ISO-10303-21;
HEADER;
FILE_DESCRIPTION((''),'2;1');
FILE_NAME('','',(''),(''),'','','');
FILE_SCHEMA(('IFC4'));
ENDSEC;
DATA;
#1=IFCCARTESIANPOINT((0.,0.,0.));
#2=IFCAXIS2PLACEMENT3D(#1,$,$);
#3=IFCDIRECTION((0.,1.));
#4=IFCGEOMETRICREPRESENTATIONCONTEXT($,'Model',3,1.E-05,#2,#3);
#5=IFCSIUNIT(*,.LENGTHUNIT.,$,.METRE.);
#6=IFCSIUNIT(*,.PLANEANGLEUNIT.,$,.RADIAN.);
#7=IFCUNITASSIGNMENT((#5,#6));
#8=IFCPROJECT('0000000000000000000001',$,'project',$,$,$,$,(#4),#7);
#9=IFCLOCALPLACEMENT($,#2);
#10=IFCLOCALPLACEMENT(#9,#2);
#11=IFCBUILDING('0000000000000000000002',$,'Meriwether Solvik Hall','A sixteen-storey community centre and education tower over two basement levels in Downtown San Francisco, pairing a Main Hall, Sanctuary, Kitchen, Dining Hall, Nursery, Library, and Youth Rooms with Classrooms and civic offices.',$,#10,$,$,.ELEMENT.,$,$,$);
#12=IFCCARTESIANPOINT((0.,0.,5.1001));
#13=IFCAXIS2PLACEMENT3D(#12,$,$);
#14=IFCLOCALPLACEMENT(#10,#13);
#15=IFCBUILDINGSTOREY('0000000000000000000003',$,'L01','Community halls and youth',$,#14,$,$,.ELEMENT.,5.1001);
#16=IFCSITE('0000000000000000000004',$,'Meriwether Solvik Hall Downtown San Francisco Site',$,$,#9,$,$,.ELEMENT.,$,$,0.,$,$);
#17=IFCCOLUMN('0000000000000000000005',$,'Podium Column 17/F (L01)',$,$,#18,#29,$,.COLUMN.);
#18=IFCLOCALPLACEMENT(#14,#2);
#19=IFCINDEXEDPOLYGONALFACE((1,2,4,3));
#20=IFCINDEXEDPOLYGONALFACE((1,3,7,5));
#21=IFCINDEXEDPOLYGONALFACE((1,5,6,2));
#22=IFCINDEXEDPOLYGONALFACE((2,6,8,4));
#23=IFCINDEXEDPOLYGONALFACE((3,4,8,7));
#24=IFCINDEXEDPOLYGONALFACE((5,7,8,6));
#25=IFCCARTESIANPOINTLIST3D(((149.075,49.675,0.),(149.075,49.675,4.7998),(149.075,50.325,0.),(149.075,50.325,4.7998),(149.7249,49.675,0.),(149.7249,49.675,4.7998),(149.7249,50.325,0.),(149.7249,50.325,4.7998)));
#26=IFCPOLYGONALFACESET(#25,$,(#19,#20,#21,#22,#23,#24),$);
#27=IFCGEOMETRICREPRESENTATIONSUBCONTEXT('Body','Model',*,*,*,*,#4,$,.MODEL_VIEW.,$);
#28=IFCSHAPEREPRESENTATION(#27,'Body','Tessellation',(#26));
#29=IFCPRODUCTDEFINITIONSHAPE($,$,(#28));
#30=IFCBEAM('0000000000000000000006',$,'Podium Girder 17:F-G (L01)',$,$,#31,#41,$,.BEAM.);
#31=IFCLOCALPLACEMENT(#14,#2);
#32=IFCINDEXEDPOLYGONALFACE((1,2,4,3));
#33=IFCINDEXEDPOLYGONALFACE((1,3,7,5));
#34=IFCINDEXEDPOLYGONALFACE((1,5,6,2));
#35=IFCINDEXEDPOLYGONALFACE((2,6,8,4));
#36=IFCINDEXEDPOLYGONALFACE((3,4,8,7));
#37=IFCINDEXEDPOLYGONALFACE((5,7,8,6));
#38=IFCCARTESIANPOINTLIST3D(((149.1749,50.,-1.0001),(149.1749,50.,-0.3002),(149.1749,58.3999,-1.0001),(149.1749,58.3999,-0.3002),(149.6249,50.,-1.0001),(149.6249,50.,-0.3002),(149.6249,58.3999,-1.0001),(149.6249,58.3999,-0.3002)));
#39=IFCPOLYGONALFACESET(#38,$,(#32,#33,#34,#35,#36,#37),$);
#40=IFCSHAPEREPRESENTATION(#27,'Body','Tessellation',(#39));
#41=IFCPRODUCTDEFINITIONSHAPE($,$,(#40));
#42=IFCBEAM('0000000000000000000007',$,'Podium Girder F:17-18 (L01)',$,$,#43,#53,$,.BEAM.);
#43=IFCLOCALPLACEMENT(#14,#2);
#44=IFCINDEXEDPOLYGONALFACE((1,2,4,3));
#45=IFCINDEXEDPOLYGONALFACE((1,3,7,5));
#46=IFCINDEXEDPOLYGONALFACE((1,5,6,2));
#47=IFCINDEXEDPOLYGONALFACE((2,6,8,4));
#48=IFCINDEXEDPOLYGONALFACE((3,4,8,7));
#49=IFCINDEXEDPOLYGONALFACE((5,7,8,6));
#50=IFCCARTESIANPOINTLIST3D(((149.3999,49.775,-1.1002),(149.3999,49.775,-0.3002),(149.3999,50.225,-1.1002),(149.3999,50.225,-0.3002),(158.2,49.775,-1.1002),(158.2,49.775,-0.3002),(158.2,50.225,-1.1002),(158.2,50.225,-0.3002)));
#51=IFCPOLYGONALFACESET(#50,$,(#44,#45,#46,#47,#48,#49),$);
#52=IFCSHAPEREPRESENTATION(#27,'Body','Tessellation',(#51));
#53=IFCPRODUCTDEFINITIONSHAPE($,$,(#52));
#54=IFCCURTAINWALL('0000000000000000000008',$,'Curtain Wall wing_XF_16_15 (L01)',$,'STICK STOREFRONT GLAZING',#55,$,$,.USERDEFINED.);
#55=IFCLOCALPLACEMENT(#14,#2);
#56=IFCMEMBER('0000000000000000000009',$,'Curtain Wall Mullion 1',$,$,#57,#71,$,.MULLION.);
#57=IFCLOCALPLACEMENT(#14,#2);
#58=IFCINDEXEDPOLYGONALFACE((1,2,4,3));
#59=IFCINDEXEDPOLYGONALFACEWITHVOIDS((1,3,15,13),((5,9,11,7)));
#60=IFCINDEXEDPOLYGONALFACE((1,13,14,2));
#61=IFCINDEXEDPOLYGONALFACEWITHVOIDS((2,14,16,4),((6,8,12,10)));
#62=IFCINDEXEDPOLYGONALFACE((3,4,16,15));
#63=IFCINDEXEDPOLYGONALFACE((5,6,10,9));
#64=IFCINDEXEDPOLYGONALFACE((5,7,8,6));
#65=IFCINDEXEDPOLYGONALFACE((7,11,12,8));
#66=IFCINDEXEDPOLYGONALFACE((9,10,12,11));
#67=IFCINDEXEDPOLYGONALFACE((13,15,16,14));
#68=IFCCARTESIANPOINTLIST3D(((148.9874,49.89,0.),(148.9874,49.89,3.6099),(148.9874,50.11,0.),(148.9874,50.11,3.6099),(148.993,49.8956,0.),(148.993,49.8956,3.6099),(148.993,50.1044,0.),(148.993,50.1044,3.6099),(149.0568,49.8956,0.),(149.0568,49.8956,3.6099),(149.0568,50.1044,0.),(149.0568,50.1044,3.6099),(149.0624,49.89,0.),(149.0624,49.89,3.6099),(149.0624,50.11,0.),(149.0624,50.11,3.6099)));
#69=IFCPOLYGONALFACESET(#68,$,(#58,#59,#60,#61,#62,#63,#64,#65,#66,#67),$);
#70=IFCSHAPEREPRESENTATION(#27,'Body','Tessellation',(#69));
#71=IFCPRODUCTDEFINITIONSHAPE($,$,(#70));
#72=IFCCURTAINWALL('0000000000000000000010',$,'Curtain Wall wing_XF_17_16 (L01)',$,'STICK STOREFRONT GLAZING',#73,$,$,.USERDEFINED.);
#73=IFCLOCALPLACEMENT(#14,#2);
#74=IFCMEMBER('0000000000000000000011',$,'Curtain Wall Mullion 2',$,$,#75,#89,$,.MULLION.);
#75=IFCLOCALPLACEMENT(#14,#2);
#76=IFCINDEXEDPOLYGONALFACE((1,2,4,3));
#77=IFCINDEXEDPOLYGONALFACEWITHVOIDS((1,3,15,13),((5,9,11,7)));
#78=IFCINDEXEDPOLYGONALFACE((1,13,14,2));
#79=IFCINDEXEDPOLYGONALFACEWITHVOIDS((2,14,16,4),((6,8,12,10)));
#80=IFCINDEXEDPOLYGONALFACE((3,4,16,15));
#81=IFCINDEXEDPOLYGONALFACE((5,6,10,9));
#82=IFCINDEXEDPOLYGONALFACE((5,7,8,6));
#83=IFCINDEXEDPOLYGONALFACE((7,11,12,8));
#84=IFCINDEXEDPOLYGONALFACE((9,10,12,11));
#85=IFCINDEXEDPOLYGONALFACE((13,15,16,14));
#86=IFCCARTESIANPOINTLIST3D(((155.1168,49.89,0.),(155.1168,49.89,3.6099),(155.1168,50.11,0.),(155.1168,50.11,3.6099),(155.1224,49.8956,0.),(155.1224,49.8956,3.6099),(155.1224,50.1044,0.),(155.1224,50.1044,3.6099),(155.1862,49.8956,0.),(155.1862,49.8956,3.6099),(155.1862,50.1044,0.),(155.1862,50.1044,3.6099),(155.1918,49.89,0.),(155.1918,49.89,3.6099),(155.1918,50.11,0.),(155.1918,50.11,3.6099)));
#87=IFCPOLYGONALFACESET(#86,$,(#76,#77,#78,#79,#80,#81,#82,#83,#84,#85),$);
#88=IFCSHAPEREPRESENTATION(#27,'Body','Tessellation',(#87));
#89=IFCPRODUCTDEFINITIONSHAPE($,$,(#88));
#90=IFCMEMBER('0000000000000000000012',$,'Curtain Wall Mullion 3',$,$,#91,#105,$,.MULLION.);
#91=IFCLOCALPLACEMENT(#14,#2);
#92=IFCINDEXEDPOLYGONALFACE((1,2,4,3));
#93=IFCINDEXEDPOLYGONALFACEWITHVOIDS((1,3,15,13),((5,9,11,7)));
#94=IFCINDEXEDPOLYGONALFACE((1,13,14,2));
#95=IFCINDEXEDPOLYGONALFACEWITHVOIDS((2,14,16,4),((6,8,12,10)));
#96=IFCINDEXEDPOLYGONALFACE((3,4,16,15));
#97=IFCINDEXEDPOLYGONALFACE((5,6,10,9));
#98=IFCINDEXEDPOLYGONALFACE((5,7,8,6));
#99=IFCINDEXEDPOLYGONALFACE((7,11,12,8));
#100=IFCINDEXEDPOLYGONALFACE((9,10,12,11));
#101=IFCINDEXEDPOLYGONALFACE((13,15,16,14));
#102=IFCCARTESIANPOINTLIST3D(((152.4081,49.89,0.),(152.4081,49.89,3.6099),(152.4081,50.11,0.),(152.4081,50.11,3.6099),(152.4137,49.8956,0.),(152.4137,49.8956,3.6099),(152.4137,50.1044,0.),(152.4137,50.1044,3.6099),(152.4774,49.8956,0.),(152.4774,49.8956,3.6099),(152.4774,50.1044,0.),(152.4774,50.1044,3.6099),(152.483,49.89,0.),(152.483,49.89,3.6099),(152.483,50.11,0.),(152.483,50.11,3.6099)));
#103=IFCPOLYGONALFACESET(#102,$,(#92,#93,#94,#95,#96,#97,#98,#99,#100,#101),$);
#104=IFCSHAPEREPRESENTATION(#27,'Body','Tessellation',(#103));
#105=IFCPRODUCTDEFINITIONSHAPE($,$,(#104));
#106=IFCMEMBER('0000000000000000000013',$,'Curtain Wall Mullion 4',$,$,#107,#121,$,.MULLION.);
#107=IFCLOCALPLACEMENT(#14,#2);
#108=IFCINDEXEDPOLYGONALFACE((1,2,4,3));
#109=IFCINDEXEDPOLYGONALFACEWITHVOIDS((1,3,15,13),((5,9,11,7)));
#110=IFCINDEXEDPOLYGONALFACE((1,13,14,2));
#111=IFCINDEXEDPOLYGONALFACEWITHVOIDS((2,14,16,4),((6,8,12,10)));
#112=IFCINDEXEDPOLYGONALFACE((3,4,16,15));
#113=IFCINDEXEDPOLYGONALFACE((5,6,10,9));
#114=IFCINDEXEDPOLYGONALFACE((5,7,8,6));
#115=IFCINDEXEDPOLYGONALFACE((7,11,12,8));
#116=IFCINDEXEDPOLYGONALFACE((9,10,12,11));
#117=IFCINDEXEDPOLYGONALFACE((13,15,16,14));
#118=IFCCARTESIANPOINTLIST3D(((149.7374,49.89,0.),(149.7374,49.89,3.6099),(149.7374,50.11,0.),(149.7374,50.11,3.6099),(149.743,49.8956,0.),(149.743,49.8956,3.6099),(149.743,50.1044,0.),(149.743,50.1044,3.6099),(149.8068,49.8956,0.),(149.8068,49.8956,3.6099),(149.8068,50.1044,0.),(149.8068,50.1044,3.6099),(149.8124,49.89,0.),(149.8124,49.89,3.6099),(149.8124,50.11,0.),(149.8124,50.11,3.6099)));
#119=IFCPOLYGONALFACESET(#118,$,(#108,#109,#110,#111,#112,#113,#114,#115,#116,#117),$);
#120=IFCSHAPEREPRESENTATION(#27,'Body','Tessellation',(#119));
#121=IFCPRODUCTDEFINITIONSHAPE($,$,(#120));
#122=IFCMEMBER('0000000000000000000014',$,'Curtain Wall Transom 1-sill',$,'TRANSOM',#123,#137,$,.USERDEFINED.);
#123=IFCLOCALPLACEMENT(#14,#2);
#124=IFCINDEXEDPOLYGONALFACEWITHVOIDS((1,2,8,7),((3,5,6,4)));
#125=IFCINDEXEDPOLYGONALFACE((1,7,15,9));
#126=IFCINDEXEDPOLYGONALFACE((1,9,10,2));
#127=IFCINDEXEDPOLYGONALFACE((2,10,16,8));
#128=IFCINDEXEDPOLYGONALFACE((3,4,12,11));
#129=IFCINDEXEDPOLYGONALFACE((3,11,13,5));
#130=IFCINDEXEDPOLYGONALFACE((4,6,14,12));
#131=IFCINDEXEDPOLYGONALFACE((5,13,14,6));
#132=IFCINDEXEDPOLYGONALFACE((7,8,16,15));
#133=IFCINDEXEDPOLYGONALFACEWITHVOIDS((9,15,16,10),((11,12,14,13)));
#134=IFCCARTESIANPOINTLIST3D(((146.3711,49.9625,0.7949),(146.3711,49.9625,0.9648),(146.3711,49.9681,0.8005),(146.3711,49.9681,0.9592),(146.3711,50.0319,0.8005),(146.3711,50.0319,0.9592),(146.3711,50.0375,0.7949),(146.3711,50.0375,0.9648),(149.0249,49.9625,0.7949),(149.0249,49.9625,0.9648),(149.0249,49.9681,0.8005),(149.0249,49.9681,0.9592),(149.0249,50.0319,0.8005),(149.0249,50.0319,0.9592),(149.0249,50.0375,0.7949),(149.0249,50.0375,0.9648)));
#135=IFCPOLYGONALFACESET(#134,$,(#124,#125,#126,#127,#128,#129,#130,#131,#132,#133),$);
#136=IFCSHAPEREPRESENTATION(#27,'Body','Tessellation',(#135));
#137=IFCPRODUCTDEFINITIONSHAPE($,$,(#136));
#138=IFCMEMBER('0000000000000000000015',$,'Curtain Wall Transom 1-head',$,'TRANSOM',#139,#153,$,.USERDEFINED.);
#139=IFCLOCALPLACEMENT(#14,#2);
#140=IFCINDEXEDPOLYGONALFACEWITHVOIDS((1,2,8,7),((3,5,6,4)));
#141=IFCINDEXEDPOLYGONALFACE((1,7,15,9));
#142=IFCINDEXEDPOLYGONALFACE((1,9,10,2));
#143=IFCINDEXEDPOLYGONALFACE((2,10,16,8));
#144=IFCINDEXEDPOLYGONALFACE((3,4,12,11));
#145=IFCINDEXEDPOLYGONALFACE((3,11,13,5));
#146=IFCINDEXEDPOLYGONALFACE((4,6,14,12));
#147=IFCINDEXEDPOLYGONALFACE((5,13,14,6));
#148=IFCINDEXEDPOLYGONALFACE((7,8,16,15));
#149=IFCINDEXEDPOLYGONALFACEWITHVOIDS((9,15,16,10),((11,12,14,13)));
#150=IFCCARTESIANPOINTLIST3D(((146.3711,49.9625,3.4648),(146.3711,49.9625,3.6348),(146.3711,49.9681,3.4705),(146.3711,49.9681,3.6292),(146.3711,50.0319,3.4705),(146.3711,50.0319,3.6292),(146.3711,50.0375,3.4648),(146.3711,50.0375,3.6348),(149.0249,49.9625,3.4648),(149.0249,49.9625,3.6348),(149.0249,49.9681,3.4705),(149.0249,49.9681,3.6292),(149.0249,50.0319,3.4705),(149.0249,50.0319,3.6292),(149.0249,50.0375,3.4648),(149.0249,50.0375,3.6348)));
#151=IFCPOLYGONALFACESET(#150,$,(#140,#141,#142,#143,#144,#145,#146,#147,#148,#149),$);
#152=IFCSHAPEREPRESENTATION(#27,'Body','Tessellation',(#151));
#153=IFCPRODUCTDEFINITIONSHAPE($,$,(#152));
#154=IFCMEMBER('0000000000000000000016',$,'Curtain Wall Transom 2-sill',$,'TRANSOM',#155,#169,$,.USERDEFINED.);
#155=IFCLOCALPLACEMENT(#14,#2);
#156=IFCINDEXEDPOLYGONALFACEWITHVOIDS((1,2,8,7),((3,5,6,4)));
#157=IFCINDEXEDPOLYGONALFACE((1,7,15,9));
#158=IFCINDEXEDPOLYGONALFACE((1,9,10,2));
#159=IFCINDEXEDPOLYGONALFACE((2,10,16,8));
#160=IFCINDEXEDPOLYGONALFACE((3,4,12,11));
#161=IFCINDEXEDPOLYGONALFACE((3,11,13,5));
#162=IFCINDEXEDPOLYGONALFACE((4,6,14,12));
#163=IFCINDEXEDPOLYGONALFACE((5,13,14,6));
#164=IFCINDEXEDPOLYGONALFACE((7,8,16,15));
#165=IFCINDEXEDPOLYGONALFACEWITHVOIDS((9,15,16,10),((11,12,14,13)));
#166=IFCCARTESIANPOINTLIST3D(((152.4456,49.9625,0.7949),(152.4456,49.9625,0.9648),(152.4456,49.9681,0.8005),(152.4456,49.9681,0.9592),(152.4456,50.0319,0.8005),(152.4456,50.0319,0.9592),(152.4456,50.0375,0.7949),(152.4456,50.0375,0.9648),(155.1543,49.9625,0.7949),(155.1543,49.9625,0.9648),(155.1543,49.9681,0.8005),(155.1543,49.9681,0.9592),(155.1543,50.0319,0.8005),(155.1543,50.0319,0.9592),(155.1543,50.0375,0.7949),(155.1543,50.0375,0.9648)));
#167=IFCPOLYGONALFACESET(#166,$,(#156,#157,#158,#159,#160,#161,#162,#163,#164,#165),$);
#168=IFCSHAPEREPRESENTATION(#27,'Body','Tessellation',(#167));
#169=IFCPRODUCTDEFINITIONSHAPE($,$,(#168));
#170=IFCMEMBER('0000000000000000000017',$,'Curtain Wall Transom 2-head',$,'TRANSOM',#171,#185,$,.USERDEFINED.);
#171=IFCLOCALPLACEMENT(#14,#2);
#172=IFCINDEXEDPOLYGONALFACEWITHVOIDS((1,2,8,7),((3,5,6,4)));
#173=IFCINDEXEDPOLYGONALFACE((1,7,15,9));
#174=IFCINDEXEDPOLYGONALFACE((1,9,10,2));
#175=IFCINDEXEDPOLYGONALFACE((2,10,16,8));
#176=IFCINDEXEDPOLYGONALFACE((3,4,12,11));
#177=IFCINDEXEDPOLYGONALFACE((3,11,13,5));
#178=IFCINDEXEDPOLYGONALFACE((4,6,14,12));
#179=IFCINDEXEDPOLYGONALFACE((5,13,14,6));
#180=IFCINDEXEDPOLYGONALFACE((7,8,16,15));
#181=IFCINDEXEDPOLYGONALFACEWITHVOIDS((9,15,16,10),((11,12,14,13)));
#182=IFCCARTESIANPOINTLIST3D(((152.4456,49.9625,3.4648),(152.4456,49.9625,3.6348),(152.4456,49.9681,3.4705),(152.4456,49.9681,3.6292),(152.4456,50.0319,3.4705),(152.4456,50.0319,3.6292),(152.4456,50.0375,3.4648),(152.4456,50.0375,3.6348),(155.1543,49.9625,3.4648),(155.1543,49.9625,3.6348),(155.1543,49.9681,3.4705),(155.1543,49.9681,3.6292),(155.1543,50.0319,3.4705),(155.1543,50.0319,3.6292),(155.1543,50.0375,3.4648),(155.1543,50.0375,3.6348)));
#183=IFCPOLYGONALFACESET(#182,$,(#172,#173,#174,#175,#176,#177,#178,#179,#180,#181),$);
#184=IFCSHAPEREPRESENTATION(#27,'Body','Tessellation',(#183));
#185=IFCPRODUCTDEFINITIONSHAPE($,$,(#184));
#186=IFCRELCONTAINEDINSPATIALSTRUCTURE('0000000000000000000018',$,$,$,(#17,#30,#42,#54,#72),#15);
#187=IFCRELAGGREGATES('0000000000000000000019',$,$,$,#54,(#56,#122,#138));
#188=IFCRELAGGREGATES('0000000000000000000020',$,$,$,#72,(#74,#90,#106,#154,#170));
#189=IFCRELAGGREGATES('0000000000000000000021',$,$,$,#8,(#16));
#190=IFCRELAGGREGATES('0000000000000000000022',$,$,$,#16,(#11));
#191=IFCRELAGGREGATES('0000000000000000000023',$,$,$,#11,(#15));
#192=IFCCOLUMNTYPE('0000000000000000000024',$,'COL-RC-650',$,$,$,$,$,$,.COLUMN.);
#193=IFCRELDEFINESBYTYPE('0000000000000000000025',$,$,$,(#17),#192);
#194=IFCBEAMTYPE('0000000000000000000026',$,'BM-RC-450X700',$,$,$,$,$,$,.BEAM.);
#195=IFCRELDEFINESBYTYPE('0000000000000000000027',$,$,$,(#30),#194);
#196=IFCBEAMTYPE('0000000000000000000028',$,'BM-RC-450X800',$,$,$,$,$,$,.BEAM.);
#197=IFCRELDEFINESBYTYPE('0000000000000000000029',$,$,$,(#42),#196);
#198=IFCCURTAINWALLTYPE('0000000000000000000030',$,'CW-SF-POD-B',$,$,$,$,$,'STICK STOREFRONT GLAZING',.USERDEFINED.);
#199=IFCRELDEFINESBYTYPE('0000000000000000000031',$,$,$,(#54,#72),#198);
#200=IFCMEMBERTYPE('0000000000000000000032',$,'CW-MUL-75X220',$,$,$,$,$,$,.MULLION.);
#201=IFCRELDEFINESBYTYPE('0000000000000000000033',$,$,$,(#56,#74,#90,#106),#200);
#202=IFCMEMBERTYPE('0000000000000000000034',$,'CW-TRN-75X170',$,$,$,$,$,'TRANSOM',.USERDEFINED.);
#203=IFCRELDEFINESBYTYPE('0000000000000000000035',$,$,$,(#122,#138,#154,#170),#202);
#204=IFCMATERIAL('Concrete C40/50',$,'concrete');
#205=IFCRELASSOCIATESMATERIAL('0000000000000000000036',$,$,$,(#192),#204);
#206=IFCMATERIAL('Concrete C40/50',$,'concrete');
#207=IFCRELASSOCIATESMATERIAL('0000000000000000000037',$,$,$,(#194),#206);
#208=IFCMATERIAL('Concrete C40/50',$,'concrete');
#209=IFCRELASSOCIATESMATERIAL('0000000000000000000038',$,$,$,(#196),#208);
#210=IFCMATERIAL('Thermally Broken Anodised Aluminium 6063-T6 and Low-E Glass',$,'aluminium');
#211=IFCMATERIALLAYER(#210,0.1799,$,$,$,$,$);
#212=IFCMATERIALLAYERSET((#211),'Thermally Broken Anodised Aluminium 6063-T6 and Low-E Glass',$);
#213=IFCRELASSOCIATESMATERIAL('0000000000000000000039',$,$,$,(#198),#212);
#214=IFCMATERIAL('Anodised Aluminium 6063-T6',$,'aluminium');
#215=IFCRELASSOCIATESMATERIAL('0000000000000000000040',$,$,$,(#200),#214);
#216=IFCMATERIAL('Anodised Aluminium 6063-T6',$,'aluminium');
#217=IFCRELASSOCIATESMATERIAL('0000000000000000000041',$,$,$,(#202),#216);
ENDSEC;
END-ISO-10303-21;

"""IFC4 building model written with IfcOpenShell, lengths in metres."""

from ifc_helpers import new_model, si_unit, direction, frame, origin, origin_2d, place, context, subcontext, project, spatial, rectangle, hollow_rectangle, extrude, material, layer, layer_set, material_profile, profile_set, type_object, element, aggregate, save


model = new_model("IFC4")

# Units and contexts
model_context = context("Model", 3, precision=1e-05, world=origin(), true_north=direction((0.0, 1.0)))
body_context = subcontext(model_context, "Body", "Model", "MODEL_VIEW")
ifc_project = project(units=[si_unit("LENGTHUNIT", "METRE"), si_unit("PLANEANGLEUNIT", "RADIAN")], contexts=[model_context])

# Site, building, storey
site_placement = place(None, origin())
site = spatial("IfcSite", under=ifc_project, at=site_placement, Name="Meriwether Solvik Hall Downtown San Francisco Site", CompositionType="ELEMENT", RefElevation=0.0)
building_placement = place(site_placement, origin())
building = spatial("IfcBuilding", under=site, at=building_placement, Name="Meriwether Solvik Hall", Description="A sixteen-storey community centre and education tower over two basement levels in Downtown San Francisco, pairing a Main Hall, Sanctuary, Kitchen, Dining Hall, Nursery, Library, and Youth Rooms with Classrooms and civic offices.", CompositionType="ELEMENT")
storey_placement = place(building_placement, frame((0.0, 0.0, 5.1001)))
storey = spatial("IfcBuildingStorey", under=building, at=storey_placement, Name="L01", Description="Community halls and youth", CompositionType="ELEMENT", Elevation=5.1001)

# Column
ifc_material_1 = material(Name="Concrete C40/50", Category="concrete")
ifc_material_profile_1 = material_profile(ifc_material_1, rectangle(XDim=0.6499, YDim=0.6499, at=origin_2d()), Name="RCC-650X650")
ifc_profile_set_1 = profile_set([ifc_material_profile_1], Name="Concrete C40/50")
column_type = type_object("IfcColumnType", Name="COL-RC-650", PredefinedType="COLUMN", material=ifc_profile_set_1)
column_placement = place(storey_placement, frame((149.3999, 50.0, 0.0), z_axis=(0.0, 0.0, 1.0), x_axis=(1.0, 0.0, 0.0)))
element("IfcColumn", 1, at=column_placement, inside=storey, type_object=column_type, Name="Podium Column 17/F (L01)", PredefinedType="COLUMN", context=body_context, shape_type="SweptSolid", body=[
    extrude(rectangle(XDim=0.6499, YDim=0.6499, at=origin_2d()), origin(), (0.0, 0.0, 1.0), 4.7998),
])

# Beams
ifc_material_2 = material(Name="Concrete C40/50", Category="concrete")
ifc_material_profile_2 = material_profile(ifc_material_2, rectangle(XDim=0.45, YDim=0.7, at=origin_2d()), Name="RCB-450X700")
ifc_profile_set_2 = profile_set([ifc_material_profile_2], Name="Concrete C40/50")
beam_type_1 = type_object("IfcBeamType", Name="BM-RC-450X700", PredefinedType="BEAM", material=ifc_profile_set_2)
beam_1_placement = place(storey_placement, frame((149.3999, 50.0, -0.6501), z_axis=(0.0, 1.0, 0.0), x_axis=(-1.0, 0.0, 0.0)))
element("IfcBeam", 2, at=beam_1_placement, inside=storey, type_object=beam_type_1, Name="Podium Girder 17:F-G (L01)", PredefinedType="BEAM", context=body_context, shape_type="SweptSolid", body=[
    extrude(rectangle(XDim=0.45, YDim=0.7, at=origin_2d()), origin(), (0.0, 0.0, 1.0), 8.3999),
])
ifc_material_3 = material(Name="Concrete C40/50", Category="concrete")
ifc_material_profile_3 = material_profile(ifc_material_3, rectangle(XDim=0.45, YDim=0.8, at=origin_2d()), Name="RCB-450X800")
ifc_profile_set_3 = profile_set([ifc_material_profile_3], Name="Concrete C40/50")
beam_type_2 = type_object("IfcBeamType", Name="BM-RC-450X800", PredefinedType="BEAM", material=ifc_profile_set_3)
beam_2_placement = place(storey_placement, frame((149.3999, 50.0, -0.7002), z_axis=(1.0, 0.0, 0.0), x_axis=(0.0, 1.0, 0.0)))
element("IfcBeam", 3, at=beam_2_placement, inside=storey, type_object=beam_type_2, Name="Podium Girder F:17-18 (L01)", PredefinedType="BEAM", context=body_context, shape_type="SweptSolid", body=[
    extrude(rectangle(XDim=0.45, YDim=0.8, at=origin_2d()), origin(), (0.0, 0.0, 1.0), 8.8),
])

# Curtain wall, member
ifc_material_4 = material(Name="Thermally Broken Anodised Aluminium 6063-T6 and Low-E Glass", Category="aluminium")
ifc_layer_1 = layer(ifc_material_4, 0.1799)
ifc_layer_set_1 = layer_set([ifc_layer_1], Name="Thermally Broken Anodised Aluminium 6063-T6 and Low-E Glass")
curtain_wall_type = type_object("IfcCurtainWallType", Name="CW-SF-POD-B", ElementType="STICK STOREFRONT GLAZING", PredefinedType="USERDEFINED", material=ifc_layer_set_1)
curtain_wall_1_placement = place(storey_placement, origin())
curtain_wall_1 = element("IfcCurtainWall", 4, at=curtain_wall_1_placement, inside=storey, type_object=curtain_wall_type, Name="Curtain Wall wing_XF_16_15 (L01)", ObjectType="STICK STOREFRONT GLAZING", PredefinedType="USERDEFINED")
ifc_material_5 = material(Name="Anodised Aluminium 6063-T6", Category="aluminium")
ifc_material_profile_4 = material_profile(ifc_material_5, hollow_rectangle(XDim=0.075, YDim=0.22, WallThickness=0.0056, at=origin_2d()), Name="CWM-75X220")
ifc_profile_set_4 = profile_set([ifc_material_profile_4], Name="Anodised Aluminium 6063-T6")
member_type_1 = type_object("IfcMemberType", Name="CW-MUL-75X220", PredefinedType="MULLION", material=ifc_profile_set_4)
member_1_placement = place(storey_placement, frame((149.0249, 50.0, 0.0), z_axis=(0.0, 0.0, 1.0), x_axis=(-1.0, 0.0, 0.0)))
member_1 = element("IfcMember", 5, at=member_1_placement, type_object=member_type_1, Name="Curtain Wall Mullion 1", PredefinedType="MULLION", context=body_context, shape_type="SweptSolid", body=[
    extrude(hollow_rectangle(XDim=0.075, YDim=0.22, WallThickness=0.0056, at=origin_2d()), origin(), (0.0, 0.0, 1.0), 3.6099),
])

# Curtain wall, members
curtain_wall_2_placement = place(storey_placement, origin())
curtain_wall_2 = element("IfcCurtainWall", 6, at=curtain_wall_2_placement, inside=storey, type_object=curtain_wall_type, Name="Curtain Wall wing_XF_17_16 (L01)", ObjectType="STICK STOREFRONT GLAZING", PredefinedType="USERDEFINED")
member_2_placement = place(storey_placement, frame((155.1543, 50.0, 0.0), z_axis=(0.0, 0.0, 1.0), x_axis=(-1.0, 0.0, 0.0)))
member_2 = element("IfcMember", 7, at=member_2_placement, type_object=member_type_1, Name="Curtain Wall Mullion 2", PredefinedType="MULLION", context=body_context, shape_type="SweptSolid", body=[
    extrude(hollow_rectangle(XDim=0.075, YDim=0.22, WallThickness=0.0056, at=origin_2d()), origin(), (0.0, 0.0, 1.0), 3.6099),
])
member_3_placement = place(storey_placement, frame((152.4456, 50.0, 0.0), z_axis=(0.0, 0.0, 1.0), x_axis=(-1.0, 0.0, 0.0)))
member_3 = element("IfcMember", 8, at=member_3_placement, type_object=member_type_1, Name="Curtain Wall Mullion 3", PredefinedType="MULLION", context=body_context, shape_type="SweptSolid", body=[
    extrude(hollow_rectangle(XDim=0.075, YDim=0.22, WallThickness=0.0056, at=origin_2d()), origin(), (0.0, 0.0, 1.0), 3.6099),
])
member_4_placement = place(storey_placement, frame((149.7749, 50.0, 0.0), z_axis=(0.0, 0.0, 1.0), x_axis=(-1.0, 0.0, 0.0)))
member_4 = element("IfcMember", 9, at=member_4_placement, type_object=member_type_1, Name="Curtain Wall Mullion 4", PredefinedType="MULLION", context=body_context, shape_type="SweptSolid", body=[
    extrude(hollow_rectangle(XDim=0.075, YDim=0.22, WallThickness=0.0056, at=origin_2d()), origin(), (0.0, 0.0, 1.0), 3.6099),
])

# Members
ifc_material_6 = material(Name="Anodised Aluminium 6063-T6", Category="aluminium")
ifc_material_profile_5 = material_profile(ifc_material_6, hollow_rectangle(XDim=0.075, YDim=0.1699, WallThickness=0.0056, at=origin_2d()), Name="CWT-75X170")
ifc_profile_set_5 = profile_set([ifc_material_profile_5], Name="Anodised Aluminium 6063-T6")
member_type_2 = type_object("IfcMemberType", Name="CW-TRN-75X170", ElementType="TRANSOM", PredefinedType="USERDEFINED", material=ifc_profile_set_5)
member_5_placement = place(storey_placement, frame((149.0249, 50.0, 0.8799), z_axis=(-1.0, 0.0, 0.0), x_axis=(0.0, -1.0, 0.0)))
member_5 = element("IfcMember", 10, at=member_5_placement, type_object=member_type_2, Name="Curtain Wall Transom 1-sill", ObjectType="TRANSOM", PredefinedType="USERDEFINED", context=body_context, shape_type="SweptSolid", body=[
    extrude(hollow_rectangle(XDim=0.075, YDim=0.1699, WallThickness=0.0056, at=origin_2d()), origin(), (0.0, 0.0, 1.0), 2.6538),
])
member_6_placement = place(storey_placement, frame((149.0249, 50.0, 3.5498), z_axis=(-1.0, 0.0, 0.0), x_axis=(0.0, -1.0, 0.0)))
member_6 = element("IfcMember", 11, at=member_6_placement, type_object=member_type_2, Name="Curtain Wall Transom 1-head", ObjectType="TRANSOM", PredefinedType="USERDEFINED", context=body_context, shape_type="SweptSolid", body=[
    extrude(hollow_rectangle(XDim=0.075, YDim=0.1699, WallThickness=0.0056, at=origin_2d()), origin(), (0.0, 0.0, 1.0), 2.6538),
])
member_7_placement = place(storey_placement, frame((155.1543, 50.0, 0.8799), z_axis=(-1.0, 0.0, 0.0), x_axis=(0.0, -1.0, 0.0)))
member_7 = element("IfcMember", 12, at=member_7_placement, type_object=member_type_2, Name="Curtain Wall Transom 2-sill", ObjectType="TRANSOM", PredefinedType="USERDEFINED", context=body_context, shape_type="SweptSolid", body=[
    extrude(hollow_rectangle(XDim=0.075, YDim=0.1699, WallThickness=0.0056, at=origin_2d()), origin(), (0.0, 0.0, 1.0), 2.7087),
])
member_8_placement = place(storey_placement, frame((155.1543, 50.0, 3.5498), z_axis=(-1.0, 0.0, 0.0), x_axis=(0.0, -1.0, 0.0)))
member_8 = element("IfcMember", 13, at=member_8_placement, type_object=member_type_2, Name="Curtain Wall Transom 2-head", ObjectType="TRANSOM", PredefinedType="USERDEFINED", context=body_context, shape_type="SweptSolid", body=[
    extrude(hollow_rectangle(XDim=0.075, YDim=0.1699, WallThickness=0.0056, at=origin_2d()), origin(), (0.0, 0.0, 1.0), 2.7087),
])

aggregate(curtain_wall_1, [member_1, member_5, member_6])
aggregate(curtain_wall_2, [member_2, member_3, member_4, member_7, member_8])

save(model, "model.ifc")
